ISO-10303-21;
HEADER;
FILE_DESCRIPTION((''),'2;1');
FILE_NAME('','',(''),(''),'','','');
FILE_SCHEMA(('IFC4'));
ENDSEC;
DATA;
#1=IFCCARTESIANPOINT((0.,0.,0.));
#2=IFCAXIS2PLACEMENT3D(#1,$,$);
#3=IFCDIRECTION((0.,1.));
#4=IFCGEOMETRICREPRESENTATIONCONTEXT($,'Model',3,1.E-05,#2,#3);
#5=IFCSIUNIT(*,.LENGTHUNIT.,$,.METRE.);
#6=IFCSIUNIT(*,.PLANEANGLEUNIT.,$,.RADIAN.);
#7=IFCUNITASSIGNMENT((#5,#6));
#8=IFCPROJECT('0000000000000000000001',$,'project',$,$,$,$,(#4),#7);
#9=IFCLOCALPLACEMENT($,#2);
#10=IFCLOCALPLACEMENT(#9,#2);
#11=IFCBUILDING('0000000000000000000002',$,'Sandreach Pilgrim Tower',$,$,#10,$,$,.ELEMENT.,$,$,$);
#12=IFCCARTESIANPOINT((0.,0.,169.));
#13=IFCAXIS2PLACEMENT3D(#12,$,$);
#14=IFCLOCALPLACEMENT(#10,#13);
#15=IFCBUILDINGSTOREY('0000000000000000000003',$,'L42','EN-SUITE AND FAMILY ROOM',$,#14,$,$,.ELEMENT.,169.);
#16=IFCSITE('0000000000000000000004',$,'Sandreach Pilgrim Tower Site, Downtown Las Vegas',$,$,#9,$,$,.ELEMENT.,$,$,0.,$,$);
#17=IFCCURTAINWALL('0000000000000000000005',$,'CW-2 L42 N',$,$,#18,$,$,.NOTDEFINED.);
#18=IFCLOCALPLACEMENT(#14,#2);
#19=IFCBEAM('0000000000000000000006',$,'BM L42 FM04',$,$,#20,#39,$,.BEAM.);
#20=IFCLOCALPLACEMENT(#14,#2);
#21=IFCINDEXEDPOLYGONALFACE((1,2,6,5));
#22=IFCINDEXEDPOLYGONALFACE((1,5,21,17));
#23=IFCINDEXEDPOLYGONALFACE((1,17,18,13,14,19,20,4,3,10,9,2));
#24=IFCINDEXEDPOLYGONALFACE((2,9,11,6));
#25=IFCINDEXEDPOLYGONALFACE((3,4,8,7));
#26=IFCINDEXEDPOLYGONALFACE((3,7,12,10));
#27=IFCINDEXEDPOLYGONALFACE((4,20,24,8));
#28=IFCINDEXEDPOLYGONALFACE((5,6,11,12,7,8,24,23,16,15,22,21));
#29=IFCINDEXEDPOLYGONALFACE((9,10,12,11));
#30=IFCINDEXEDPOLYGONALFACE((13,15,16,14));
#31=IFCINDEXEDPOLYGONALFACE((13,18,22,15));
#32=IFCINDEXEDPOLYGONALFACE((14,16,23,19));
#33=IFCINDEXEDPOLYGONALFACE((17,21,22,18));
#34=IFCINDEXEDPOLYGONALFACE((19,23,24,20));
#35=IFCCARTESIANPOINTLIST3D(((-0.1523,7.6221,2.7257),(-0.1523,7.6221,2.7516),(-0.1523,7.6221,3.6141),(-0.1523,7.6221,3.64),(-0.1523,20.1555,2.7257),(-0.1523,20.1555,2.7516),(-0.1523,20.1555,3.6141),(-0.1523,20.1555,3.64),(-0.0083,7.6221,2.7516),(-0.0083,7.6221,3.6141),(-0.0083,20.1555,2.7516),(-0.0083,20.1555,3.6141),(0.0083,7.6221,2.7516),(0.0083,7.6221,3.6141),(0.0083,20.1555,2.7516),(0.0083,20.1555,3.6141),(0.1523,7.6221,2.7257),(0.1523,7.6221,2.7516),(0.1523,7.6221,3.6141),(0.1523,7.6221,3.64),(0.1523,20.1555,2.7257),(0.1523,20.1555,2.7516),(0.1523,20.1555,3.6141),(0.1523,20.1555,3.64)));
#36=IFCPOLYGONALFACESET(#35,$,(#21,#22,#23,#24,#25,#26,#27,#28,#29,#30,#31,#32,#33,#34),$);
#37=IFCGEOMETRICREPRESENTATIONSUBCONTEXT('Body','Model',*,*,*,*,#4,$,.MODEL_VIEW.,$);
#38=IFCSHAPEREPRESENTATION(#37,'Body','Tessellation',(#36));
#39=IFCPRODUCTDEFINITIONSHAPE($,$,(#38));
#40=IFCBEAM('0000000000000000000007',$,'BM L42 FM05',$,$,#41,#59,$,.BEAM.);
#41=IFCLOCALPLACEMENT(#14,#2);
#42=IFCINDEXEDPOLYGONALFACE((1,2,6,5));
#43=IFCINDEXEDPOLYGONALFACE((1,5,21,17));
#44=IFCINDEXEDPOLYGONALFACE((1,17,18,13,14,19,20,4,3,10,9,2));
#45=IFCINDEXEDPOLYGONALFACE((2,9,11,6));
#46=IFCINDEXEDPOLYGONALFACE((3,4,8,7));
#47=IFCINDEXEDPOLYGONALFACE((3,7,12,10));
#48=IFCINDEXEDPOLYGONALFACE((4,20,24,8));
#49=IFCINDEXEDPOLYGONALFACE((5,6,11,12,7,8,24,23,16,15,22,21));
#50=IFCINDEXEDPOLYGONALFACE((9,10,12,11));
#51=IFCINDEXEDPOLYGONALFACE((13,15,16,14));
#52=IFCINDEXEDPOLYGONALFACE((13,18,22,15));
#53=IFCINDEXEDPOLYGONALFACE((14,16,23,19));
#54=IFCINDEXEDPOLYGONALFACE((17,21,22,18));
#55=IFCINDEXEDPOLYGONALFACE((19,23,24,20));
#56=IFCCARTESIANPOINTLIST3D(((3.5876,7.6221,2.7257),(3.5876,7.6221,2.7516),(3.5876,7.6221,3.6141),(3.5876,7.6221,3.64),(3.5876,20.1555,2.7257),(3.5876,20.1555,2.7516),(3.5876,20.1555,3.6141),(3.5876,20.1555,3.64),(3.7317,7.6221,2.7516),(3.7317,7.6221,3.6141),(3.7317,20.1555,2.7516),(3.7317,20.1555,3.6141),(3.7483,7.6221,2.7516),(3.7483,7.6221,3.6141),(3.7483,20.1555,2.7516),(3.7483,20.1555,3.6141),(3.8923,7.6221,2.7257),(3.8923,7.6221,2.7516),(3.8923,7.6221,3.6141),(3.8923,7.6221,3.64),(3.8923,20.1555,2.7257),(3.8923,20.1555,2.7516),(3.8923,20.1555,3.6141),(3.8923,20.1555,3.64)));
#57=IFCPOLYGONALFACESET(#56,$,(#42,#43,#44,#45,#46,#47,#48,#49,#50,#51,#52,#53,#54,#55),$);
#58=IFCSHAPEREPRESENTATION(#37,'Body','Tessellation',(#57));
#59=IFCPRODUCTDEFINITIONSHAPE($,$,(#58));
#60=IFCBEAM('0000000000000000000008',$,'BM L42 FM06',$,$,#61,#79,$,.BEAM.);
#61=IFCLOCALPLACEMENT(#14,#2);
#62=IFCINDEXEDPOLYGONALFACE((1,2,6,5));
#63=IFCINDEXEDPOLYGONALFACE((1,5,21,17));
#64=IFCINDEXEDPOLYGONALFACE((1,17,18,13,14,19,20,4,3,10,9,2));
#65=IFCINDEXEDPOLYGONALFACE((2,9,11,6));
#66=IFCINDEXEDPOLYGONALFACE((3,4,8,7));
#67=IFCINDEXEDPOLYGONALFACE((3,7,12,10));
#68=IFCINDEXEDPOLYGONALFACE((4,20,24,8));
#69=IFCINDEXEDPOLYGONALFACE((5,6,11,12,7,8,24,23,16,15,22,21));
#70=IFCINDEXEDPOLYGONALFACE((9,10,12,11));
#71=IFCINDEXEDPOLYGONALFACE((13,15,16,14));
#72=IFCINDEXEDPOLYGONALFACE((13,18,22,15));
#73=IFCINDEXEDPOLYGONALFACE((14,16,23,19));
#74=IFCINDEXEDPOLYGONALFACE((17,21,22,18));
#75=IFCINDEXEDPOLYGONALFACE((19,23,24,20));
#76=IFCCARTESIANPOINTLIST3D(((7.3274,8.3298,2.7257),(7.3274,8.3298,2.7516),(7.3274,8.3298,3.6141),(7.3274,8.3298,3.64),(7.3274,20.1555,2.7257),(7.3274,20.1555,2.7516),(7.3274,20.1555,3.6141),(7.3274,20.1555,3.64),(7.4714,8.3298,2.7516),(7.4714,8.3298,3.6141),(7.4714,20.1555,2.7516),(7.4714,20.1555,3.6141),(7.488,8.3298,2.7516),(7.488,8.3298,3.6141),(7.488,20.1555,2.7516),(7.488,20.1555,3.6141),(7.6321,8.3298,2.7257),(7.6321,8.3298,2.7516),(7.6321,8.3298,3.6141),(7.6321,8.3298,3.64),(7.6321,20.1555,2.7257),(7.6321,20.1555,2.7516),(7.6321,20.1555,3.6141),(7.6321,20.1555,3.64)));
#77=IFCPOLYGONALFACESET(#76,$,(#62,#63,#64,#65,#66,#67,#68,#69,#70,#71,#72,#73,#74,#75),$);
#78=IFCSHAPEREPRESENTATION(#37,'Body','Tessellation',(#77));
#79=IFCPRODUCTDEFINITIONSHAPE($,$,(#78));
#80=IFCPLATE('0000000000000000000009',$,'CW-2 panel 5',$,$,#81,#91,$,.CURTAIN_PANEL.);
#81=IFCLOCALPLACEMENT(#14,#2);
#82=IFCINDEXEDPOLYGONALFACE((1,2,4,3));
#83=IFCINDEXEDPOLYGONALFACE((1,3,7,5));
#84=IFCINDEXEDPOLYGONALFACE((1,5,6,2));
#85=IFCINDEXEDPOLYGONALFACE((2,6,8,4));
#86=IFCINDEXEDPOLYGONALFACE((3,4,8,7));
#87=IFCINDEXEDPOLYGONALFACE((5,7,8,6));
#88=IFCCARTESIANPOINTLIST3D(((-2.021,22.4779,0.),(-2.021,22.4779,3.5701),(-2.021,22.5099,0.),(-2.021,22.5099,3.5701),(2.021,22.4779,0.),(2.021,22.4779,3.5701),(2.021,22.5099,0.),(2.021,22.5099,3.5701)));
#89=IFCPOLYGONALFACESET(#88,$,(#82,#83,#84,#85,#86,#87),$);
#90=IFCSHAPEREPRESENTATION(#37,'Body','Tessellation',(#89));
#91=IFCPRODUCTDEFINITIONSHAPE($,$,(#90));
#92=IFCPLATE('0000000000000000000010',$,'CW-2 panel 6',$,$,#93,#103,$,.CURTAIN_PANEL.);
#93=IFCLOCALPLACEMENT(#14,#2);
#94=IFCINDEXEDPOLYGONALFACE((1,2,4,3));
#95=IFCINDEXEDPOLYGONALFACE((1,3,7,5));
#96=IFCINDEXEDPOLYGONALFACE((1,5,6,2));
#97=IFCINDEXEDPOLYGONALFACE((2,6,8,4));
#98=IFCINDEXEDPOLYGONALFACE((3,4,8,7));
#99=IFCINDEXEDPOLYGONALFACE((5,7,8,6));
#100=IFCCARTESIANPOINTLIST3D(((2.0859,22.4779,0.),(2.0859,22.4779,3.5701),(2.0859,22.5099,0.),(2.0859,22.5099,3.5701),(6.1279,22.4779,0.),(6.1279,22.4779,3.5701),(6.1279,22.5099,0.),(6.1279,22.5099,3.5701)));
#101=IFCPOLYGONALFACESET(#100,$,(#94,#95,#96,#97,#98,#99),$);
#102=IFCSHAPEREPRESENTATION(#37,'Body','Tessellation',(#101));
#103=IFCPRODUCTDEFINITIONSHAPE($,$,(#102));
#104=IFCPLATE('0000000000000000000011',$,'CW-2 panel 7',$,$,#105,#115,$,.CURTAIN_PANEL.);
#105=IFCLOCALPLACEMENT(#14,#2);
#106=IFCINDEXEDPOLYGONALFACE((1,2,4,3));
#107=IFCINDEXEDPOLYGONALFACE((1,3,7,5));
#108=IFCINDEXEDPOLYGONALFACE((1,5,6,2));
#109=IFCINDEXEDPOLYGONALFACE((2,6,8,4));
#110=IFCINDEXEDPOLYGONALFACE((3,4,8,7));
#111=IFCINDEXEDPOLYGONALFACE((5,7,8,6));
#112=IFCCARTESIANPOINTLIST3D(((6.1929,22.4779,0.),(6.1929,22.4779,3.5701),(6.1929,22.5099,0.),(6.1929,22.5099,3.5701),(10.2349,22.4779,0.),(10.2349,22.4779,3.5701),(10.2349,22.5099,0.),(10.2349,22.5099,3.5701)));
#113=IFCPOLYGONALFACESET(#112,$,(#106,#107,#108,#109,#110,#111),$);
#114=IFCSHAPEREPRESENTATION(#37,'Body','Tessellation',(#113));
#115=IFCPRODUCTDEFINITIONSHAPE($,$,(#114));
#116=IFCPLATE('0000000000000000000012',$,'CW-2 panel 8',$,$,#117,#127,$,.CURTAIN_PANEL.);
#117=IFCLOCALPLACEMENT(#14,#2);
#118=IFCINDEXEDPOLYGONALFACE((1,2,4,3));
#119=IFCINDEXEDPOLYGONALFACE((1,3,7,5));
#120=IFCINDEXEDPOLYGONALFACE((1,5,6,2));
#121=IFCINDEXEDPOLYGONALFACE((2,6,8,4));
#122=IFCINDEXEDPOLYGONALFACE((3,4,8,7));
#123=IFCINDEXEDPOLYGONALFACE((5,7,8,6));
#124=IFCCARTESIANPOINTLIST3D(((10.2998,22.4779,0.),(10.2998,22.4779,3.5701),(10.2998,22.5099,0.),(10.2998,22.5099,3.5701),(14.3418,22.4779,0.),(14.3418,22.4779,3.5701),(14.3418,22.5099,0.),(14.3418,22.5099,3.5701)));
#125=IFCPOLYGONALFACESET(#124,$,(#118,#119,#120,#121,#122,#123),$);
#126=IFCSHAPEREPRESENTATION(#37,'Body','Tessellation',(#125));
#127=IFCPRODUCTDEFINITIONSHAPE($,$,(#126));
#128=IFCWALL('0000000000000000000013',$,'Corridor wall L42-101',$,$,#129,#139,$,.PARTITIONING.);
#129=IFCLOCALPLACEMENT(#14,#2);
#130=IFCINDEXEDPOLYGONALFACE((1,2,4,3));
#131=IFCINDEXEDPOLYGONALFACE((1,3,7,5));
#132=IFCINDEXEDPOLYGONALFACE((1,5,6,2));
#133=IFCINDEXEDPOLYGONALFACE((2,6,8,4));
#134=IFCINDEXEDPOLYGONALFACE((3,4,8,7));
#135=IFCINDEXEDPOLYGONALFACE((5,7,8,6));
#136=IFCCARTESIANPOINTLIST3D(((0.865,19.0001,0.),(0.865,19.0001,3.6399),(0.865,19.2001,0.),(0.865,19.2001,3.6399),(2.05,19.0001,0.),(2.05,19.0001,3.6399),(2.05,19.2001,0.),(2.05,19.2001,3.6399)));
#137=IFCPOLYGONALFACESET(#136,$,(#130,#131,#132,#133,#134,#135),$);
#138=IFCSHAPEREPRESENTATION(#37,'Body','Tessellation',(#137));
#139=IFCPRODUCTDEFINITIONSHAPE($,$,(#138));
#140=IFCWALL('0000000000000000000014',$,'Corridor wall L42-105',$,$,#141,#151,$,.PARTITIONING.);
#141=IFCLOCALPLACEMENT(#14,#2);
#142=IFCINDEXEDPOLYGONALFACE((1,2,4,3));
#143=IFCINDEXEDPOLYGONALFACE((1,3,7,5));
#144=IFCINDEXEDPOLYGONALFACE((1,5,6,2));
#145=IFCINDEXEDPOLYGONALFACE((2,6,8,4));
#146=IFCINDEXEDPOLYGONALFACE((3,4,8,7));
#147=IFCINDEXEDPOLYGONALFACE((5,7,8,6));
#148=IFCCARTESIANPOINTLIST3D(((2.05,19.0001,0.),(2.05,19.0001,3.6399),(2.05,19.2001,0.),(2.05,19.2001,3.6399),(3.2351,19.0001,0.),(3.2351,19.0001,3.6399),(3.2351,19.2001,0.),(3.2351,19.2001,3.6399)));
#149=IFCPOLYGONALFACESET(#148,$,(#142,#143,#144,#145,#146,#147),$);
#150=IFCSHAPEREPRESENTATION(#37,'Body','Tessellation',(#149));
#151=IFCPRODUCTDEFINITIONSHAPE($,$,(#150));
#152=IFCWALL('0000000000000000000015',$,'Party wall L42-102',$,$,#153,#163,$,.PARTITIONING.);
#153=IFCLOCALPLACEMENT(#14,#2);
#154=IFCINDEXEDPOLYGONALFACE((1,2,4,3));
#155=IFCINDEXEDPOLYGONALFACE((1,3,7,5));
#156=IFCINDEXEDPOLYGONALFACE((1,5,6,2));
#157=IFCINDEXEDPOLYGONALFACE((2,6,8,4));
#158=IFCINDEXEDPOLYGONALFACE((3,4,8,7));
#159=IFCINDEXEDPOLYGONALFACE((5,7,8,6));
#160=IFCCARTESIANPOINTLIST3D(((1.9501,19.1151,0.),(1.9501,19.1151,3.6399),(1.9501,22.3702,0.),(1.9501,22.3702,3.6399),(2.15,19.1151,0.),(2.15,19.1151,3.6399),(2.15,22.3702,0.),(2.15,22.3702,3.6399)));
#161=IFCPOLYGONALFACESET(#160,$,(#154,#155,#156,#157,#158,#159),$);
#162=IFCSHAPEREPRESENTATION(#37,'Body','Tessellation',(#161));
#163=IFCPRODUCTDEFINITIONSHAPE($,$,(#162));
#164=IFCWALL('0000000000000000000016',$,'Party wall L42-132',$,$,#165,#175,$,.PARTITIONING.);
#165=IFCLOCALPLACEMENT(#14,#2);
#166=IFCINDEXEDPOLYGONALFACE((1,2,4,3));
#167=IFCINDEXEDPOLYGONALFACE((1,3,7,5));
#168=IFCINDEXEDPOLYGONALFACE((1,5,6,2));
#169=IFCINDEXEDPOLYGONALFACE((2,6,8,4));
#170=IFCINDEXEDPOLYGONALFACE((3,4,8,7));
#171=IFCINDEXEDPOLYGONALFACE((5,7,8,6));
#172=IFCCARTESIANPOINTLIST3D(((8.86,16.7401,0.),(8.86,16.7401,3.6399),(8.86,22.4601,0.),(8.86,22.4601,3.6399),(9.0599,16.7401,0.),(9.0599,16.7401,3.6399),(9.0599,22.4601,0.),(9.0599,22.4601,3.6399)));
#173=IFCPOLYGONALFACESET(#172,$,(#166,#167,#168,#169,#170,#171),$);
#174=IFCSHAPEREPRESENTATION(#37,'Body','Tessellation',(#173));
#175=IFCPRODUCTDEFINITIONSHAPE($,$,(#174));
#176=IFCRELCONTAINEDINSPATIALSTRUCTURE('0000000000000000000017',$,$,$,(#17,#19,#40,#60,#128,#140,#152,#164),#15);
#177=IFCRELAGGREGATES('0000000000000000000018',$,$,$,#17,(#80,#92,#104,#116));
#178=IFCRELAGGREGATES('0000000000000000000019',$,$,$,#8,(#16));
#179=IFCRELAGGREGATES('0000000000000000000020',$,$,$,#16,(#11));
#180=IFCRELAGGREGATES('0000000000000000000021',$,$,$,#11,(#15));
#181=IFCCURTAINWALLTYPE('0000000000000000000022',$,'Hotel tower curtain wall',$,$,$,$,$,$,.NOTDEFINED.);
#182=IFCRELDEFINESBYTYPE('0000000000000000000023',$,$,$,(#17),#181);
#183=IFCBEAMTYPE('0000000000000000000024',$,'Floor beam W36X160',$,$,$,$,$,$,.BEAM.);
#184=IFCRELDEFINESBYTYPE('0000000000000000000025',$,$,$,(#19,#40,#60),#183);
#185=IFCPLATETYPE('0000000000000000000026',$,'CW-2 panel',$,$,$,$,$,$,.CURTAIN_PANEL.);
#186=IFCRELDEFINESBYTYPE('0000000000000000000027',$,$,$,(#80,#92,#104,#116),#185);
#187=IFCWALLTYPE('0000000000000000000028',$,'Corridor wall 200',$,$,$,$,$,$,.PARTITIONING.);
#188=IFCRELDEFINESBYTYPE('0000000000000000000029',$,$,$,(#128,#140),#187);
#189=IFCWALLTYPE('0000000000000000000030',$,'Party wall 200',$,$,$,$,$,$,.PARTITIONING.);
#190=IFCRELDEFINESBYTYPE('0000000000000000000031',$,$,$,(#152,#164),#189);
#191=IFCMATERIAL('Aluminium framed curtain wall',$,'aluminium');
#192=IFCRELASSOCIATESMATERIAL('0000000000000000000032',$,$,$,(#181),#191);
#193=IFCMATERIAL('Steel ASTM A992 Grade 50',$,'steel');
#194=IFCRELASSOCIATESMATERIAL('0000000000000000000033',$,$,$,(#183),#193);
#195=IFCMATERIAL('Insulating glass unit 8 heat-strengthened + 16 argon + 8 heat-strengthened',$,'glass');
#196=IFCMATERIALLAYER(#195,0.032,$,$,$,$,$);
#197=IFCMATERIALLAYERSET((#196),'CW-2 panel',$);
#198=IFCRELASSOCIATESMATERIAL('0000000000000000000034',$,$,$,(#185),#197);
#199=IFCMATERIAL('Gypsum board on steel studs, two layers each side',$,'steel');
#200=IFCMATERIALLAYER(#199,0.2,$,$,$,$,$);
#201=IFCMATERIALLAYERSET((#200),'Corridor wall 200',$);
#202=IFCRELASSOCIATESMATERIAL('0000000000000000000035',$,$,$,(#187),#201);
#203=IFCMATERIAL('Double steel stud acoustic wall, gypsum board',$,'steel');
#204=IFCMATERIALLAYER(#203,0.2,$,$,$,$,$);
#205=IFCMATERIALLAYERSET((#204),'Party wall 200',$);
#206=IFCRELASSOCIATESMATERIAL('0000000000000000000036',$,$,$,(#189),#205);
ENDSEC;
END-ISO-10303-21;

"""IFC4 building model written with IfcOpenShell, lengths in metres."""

from ifc_helpers import new_model, si_unit, direction, frame, frame_2d, origin, origin_2d, place, context, subcontext, project, spatial, rectangle, i_section, extrude, material, layer, layer_set, material_profile, profile_set, type_object, element, aggregate, save


model = new_model("IFC4")

# Units and contexts
model_context = context("Model", 3, precision=1e-05, world=origin(), true_north=direction((0.0, 1.0)))
body_context = subcontext(model_context, "Body", "Model", "MODEL_VIEW")
ifc_project = project(units=[si_unit("LENGTHUNIT", "METRE"), si_unit("PLANEANGLEUNIT", "RADIAN")], contexts=[model_context])

# Site, building, storey
site_placement = place(None, origin())
site = spatial("IfcSite", under=ifc_project, at=site_placement, Name="Sandreach Pilgrim Tower Site, Downtown Las Vegas", CompositionType="ELEMENT", RefElevation=0.0)
building_placement = place(site_placement, origin())
building = spatial("IfcBuilding", under=site, at=building_placement, Name="Sandreach Pilgrim Tower", CompositionType="ELEMENT")
storey_placement = place(building_placement, frame((0.0, 0.0, 169.0)))
storey = spatial("IfcBuildingStorey", under=building, at=storey_placement, Name="L42", Description="EN-SUITE AND FAMILY ROOM", CompositionType="ELEMENT", Elevation=169.0)

# Curtain wall
ifc_material_1 = material(Name="Aluminium framed curtain wall", Category="aluminium")
curtain_wall_type = type_object("IfcCurtainWallType", Name="Hotel tower curtain wall", PredefinedType="NOTDEFINED", material=ifc_material_1)
curtain_wall_placement = place(storey_placement, origin())
curtain_wall = element("IfcCurtainWall", 1, at=curtain_wall_placement, inside=storey, type_object=curtain_wall_type, Name="CW-2 L42 N", PredefinedType="NOTDEFINED")

# Beams
ifc_material_2 = material(Name="Steel ASTM A992 Grade 50", Category="steel")
ifc_material_profile_1 = material_profile(ifc_material_2, i_section(OverallWidth=0.3047, OverallDepth=0.9143, WebThickness=0.0166, FlangeThickness=0.0259, at=origin_2d()), Name="W36X160")
ifc_profile_set_1 = profile_set([ifc_material_profile_1], Name="Steel ASTM A992 Grade 50")
beam_type_1 = type_object("IfcBeamType", Name="Floor beam W36X160", PredefinedType="BEAM", material=ifc_profile_set_1)
for number, where, z_axis, x_axis, name in (
    (2, (0.0, 20.1555, 3.1829), (0.0, -1.0, 0.0), (1.0, 0.0, 0.0), "BM L42 FM04"),
    (3, (3.74, 20.1555, 3.1829), (0.0, -1.0, 0.0), (1.0, 0.0, 0.0), "BM L42 FM05"),
):
    element("IfcBeam", number, at=place(storey_placement, frame(where, z_axis=z_axis, x_axis=x_axis)), inside=storey, type_object=beam_type_1, Name=name, PredefinedType="BEAM", context=body_context, shape_type="SweptSolid", body=[
        extrude(i_section(OverallWidth=0.3047, OverallDepth=0.9143, WebThickness=0.0166, FlangeThickness=0.0259, at=origin_2d()), origin(), (0.0, 0.0, 1.0), 12.5334),
    ])
beam_1_placement = place(storey_placement, frame((7.4797, 20.1555, 3.1829), z_axis=(0.0, -1.0, 0.0), x_axis=(1.0, 0.0, 0.0)))
element("IfcBeam", 4, at=beam_1_placement, inside=storey, type_object=beam_type_1, Name="BM L42 FM06", PredefinedType="BEAM", context=body_context, shape_type="SweptSolid", body=[
    extrude(i_section(OverallWidth=0.3047, OverallDepth=0.9143, WebThickness=0.0166, FlangeThickness=0.0259, at=origin_2d()), origin(), (0.0, 0.0, 1.0), 11.8257),
])

# Plates
ifc_material_3 = material(Name="Insulating glass unit 8 heat-strengthened + 16 argon + 8 heat-strengthened", Category="glass")
ifc_layer_1 = layer(ifc_material_3, 0.032)
ifc_layer_set_1 = layer_set([ifc_layer_1], Name="CW-2 panel")
plate_type = type_object("IfcPlateType", Name="CW-2 panel", PredefinedType="CURTAIN_PANEL", material=ifc_layer_set_1)
plate_1_placement = place(storey_placement, frame((0.0, 22.4939, 0.0), z_axis=(0.0, 0.0, 1.0), x_axis=(1.0, 0.0, 0.0)))
plate_1 = element("IfcPlate", 5, at=plate_1_placement, type_object=plate_type, Name="CW-2 panel 5", PredefinedType="CURTAIN_PANEL", context=body_context, shape_type="SweptSolid", body=[
    extrude(rectangle(XDim=4.042, YDim=0.032, at=origin_2d()), origin(), (0.0, 0.0, 1.0), 3.5701),
])
plate_2_placement = place(storey_placement, frame((4.1069, 22.4939, 0.0), z_axis=(0.0, 0.0, 1.0), x_axis=(1.0, 0.0, 0.0)))
plate_2 = element("IfcPlate", 6, at=plate_2_placement, type_object=plate_type, Name="CW-2 panel 6", PredefinedType="CURTAIN_PANEL", context=body_context, shape_type="SweptSolid", body=[
    extrude(rectangle(XDim=4.042, YDim=0.032, at=origin_2d()), origin(), (0.0, 0.0, 1.0), 3.5701),
])
plate_3_placement = place(storey_placement, frame((8.2139, 22.4939, 0.0), z_axis=(0.0, 0.0, 1.0), x_axis=(1.0, 0.0, 0.0)))
plate_3 = element("IfcPlate", 7, at=plate_3_placement, type_object=plate_type, Name="CW-2 panel 7", PredefinedType="CURTAIN_PANEL", context=body_context, shape_type="SweptSolid", body=[
    extrude(rectangle(XDim=4.042, YDim=0.032, at=origin_2d()), origin(), (0.0, 0.0, 1.0), 3.5701),
])
plate_4_placement = place(storey_placement, frame((12.3208, 22.4939, 0.0), z_axis=(0.0, 0.0, 1.0), x_axis=(1.0, 0.0, 0.0)))
plate_4 = element("IfcPlate", 8, at=plate_4_placement, type_object=plate_type, Name="CW-2 panel 8", PredefinedType="CURTAIN_PANEL", context=body_context, shape_type="SweptSolid", body=[
    extrude(rectangle(XDim=4.042, YDim=0.032, at=origin_2d()), origin(), (0.0, 0.0, 1.0), 3.5701),
])
aggregate(curtain_wall, [plate_1, plate_2, plate_3, plate_4])

# Walls
ifc_material_4 = material(Name="Gypsum board on steel studs, two layers each side", Category="steel")
ifc_layer_2 = layer(ifc_material_4, 0.2)
ifc_layer_set_2 = layer_set([ifc_layer_2], Name="Corridor wall 200")
wall_type_1 = type_object("IfcWallType", Name="Corridor wall 200", PredefinedType="PARTITIONING", material=ifc_layer_set_2)
for number, where, z_axis, x_axis, name in (
    (9, (2.05, 19.1001, 0.0), (0.0, 0.0, 1.0), (-1.0, 0.0, 0.0), "Corridor wall L42-101"),
    (10, (3.2351, 19.1001, 0.0), (0.0, 0.0, 1.0), (-1.0, 0.0, 0.0), "Corridor wall L42-105"),
):
    element("IfcWall", number, at=place(storey_placement, frame(where, z_axis=z_axis, x_axis=x_axis)), inside=storey, type_object=wall_type_1, Name=name, PredefinedType="PARTITIONING", context=body_context, shape_type="SweptSolid", body=[
        extrude(rectangle(XDim=1.1851, YDim=0.2, at=frame_2d((0.5925, 0.0))), origin(), (0.0, 0.0, 1.0), 3.6399),
    ])
ifc_material_5 = material(Name="Double steel stud acoustic wall, gypsum board", Category="steel")
ifc_layer_3 = layer(ifc_material_5, 0.2)
ifc_layer_set_3 = layer_set([ifc_layer_3], Name="Party wall 200")
wall_type_2 = type_object("IfcWallType", Name="Party wall 200", PredefinedType="PARTITIONING", material=ifc_layer_set_3)
wall_1_placement = place(storey_placement, frame((2.05, 22.3701, 0.0), z_axis=(0.0, 0.0, 1.0), x_axis=(0.0, -1.0, 0.0)))
element("IfcWall", 11, at=wall_1_placement, inside=storey, type_object=wall_type_2, Name="Party wall L42-102", PredefinedType="PARTITIONING", context=body_context, shape_type="SweptSolid", body=[
    extrude(rectangle(XDim=3.2551, YDim=0.2, at=frame_2d((1.6274, 0.0))), origin(), (0.0, 0.0, 1.0), 3.6399),
])
wall_2_placement = place(storey_placement, frame((8.96, 22.46, 0.0), z_axis=(0.0, 0.0, 1.0), x_axis=(0.0, -1.0, 0.0)))
element("IfcWall", 12, at=wall_2_placement, inside=storey, type_object=wall_type_2, Name="Party wall L42-132", PredefinedType="PARTITIONING", context=body_context, shape_type="SweptSolid", body=[
    extrude(rectangle(XDim=5.72, YDim=0.2, at=frame_2d((2.8599, 0.0))), origin(), (0.0, 0.0, 1.0), 3.6399),
])

save(model, "model.ifc")
